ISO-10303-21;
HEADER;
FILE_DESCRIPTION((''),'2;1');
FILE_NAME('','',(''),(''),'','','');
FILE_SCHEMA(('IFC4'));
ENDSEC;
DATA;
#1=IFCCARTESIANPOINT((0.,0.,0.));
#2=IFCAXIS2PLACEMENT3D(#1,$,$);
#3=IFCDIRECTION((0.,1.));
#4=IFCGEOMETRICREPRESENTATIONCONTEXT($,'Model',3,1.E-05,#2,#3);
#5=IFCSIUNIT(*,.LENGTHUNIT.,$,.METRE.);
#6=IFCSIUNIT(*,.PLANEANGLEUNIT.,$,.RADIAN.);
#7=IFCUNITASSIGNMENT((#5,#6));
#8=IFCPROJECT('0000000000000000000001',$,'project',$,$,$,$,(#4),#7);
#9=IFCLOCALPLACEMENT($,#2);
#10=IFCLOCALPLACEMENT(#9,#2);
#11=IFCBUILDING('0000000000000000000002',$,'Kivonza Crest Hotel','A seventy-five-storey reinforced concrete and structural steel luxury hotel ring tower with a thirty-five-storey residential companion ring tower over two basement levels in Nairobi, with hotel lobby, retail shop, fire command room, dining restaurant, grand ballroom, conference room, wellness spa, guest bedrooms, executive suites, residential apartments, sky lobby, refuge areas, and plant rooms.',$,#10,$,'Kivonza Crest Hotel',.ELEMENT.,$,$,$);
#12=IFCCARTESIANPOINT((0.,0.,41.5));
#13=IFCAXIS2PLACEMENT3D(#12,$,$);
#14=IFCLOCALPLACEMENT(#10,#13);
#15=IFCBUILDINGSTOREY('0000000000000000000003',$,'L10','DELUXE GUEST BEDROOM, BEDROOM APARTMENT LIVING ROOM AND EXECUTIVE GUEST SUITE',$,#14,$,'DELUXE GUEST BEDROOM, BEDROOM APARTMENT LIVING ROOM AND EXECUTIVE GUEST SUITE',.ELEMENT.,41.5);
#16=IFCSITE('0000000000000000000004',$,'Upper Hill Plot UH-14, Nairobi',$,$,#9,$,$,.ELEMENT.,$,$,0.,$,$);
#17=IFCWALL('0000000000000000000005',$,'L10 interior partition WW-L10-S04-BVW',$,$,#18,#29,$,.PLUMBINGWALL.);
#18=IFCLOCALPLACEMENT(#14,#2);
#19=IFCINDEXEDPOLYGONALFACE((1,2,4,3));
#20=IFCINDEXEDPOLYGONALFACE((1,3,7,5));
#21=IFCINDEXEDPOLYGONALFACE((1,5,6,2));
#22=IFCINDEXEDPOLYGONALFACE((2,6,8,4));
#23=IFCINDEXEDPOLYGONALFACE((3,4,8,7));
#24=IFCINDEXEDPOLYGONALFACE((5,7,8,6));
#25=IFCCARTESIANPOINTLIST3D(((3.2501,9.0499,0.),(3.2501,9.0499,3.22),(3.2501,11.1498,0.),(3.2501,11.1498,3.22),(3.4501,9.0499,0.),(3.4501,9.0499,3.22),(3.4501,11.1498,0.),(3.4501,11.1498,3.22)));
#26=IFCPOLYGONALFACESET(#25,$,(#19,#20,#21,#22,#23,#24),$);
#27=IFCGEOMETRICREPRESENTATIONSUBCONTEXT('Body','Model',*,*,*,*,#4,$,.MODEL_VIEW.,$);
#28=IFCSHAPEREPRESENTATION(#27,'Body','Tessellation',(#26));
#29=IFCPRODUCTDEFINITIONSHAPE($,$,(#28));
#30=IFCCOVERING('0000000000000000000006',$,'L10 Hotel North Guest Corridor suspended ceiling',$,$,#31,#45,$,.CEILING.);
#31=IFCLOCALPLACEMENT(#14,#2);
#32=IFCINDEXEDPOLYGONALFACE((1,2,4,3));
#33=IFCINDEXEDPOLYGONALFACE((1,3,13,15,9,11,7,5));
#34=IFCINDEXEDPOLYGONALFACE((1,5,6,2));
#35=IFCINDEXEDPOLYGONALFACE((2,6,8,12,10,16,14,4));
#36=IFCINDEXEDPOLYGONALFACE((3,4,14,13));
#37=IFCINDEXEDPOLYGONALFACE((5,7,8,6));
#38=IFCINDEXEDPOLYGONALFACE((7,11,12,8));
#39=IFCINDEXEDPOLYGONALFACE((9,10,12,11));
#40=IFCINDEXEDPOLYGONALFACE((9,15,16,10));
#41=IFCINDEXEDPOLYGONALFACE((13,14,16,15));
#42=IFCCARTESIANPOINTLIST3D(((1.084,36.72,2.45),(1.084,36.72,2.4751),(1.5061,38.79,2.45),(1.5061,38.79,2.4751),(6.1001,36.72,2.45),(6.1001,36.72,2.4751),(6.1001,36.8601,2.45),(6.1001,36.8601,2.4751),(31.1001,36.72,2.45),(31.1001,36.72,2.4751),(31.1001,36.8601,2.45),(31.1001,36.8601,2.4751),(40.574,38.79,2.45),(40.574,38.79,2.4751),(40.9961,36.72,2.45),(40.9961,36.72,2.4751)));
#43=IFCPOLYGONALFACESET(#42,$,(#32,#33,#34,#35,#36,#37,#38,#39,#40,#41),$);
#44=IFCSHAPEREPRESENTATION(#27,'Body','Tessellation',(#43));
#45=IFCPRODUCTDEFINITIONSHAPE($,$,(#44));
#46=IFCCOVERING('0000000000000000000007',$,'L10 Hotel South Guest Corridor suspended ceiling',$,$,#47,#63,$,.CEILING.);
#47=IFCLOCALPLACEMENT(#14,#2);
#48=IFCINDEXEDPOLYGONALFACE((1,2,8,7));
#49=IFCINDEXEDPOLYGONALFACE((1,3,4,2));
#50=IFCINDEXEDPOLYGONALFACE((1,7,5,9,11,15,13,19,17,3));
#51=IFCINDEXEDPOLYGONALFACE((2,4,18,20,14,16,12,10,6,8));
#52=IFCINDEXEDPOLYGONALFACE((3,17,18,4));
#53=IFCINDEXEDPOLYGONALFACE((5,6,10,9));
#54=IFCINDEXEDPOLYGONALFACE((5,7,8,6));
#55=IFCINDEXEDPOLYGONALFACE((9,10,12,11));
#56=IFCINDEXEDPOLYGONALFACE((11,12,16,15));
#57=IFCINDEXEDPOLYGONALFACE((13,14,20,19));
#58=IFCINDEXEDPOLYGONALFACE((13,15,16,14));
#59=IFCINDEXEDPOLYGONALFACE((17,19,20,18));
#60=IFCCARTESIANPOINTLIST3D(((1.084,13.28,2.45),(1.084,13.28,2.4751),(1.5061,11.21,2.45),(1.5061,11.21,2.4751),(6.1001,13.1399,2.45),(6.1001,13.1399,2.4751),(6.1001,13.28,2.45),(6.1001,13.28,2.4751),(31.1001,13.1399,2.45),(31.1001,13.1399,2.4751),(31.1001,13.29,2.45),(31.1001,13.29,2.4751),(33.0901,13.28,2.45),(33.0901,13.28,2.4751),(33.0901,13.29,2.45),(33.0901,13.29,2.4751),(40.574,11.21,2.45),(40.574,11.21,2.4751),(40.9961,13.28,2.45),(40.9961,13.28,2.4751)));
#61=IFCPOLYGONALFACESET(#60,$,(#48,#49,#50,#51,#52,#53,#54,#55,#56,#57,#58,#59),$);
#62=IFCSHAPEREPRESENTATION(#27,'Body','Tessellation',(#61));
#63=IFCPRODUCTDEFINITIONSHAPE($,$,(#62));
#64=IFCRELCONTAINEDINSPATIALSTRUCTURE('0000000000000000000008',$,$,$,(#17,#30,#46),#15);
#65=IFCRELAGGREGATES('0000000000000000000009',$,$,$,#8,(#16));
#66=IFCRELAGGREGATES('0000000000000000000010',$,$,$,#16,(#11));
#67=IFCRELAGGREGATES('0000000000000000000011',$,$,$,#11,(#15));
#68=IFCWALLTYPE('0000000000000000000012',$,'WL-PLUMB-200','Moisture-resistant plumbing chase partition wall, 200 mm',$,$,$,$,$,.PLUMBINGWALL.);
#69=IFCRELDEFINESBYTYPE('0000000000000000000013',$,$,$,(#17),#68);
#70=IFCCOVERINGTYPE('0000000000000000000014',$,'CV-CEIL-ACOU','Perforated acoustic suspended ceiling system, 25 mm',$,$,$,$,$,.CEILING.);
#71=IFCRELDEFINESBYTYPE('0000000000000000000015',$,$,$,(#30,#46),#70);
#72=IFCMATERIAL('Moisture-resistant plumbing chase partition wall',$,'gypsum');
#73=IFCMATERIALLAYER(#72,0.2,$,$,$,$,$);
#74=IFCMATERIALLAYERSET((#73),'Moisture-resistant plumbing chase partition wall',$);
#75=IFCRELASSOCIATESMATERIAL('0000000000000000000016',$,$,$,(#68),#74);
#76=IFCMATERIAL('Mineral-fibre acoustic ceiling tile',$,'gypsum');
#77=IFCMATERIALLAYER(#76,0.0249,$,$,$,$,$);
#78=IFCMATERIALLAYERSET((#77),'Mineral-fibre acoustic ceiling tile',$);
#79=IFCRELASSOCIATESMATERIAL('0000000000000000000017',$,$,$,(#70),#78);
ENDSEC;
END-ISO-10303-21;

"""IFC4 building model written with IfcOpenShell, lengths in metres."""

from ifc_helpers import new_model, si_unit, direction, frame, frame_2d, origin, place, context, subcontext, project, spatial, polyline, rectangle, outline, extrude, material, layer, layer_set, type_object, element, save


model = new_model("IFC4")

# Units and contexts
model_context = context("Model", 3, precision=1e-05, world=origin(), true_north=direction((0.0, 1.0)))
body_context = subcontext(model_context, "Body", "Model", "MODEL_VIEW")
ifc_project = project(units=[si_unit("LENGTHUNIT", "METRE"), si_unit("PLANEANGLEUNIT", "RADIAN")], contexts=[model_context])

# Site, building, storey
site_placement = place(None, origin())
site = spatial("IfcSite", under=ifc_project, at=site_placement, Name="Upper Hill Plot UH-14, Nairobi", CompositionType="ELEMENT", RefElevation=0.0)
building_placement = place(site_placement, origin())
building = spatial("IfcBuilding", under=site, at=building_placement, Name="Kivonza Crest Hotel", Description="A seventy-five-storey reinforced concrete and structural steel luxury hotel ring tower with a thirty-five-storey residential companion ring tower over two basement levels in Nairobi, with hotel lobby, retail shop, fire command room, dining restaurant, grand ballroom, conference room, wellness spa, guest bedrooms, executive suites, residential apartments, sky lobby, refuge areas, and plant rooms.", LongName="Kivonza Crest Hotel", CompositionType="ELEMENT")
storey_placement = place(building_placement, frame((0.0, 0.0, 41.5)))
storey = spatial("IfcBuildingStorey", under=building, at=storey_placement, Name="L10", Description="DELUXE GUEST BEDROOM, BEDROOM APARTMENT LIVING ROOM AND EXECUTIVE GUEST SUITE", LongName="DELUXE GUEST BEDROOM, BEDROOM APARTMENT LIVING ROOM AND EXECUTIVE GUEST SUITE", CompositionType="ELEMENT", Elevation=41.5)

# Wall
ifc_material_1 = material(Name="Moisture-resistant plumbing chase partition wall", Category="gypsum")
ifc_layer_1 = layer(ifc_material_1, 0.2)
ifc_layer_set_1 = layer_set([ifc_layer_1], Name="Moisture-resistant plumbing chase partition wall")
wall_type_1 = type_object("IfcWallType", Name="WL-PLUMB-200", Description="Moisture-resistant plumbing chase partition wall, 200 mm", PredefinedType="PLUMBINGWALL", material=ifc_layer_set_1)
wall_1_placement = place(storey_placement, frame((3.3501, 9.05, 0.0), z_axis=(0.0, 0.0, 1.0), x_axis=(0.0, 1.0, 0.0)))
element("IfcWall", 1, at=wall_1_placement, inside=storey, type_object=wall_type_1, Name="L10 interior partition WW-L10-S04-BVW", PredefinedType="PLUMBINGWALL", context=body_context, shape_type="SweptSolid", body=[
    extrude(rectangle(XDim=2.0999, YDim=0.2, at=frame_2d((1.0498, 0.0))), origin(), (0.0, 0.0, 1.0), 3.22),
])

# Coverings
ifc_material_2 = material(Name="Mineral-fibre acoustic ceiling tile", Category="gypsum")
ifc_layer_2 = layer(ifc_material_2, 0.0249)
ifc_layer_set_2 = layer_set([ifc_layer_2], Name="Mineral-fibre acoustic ceiling tile")
covering_type = type_object("IfcCoveringType", Name="CV-CEIL-ACOU", Description="Perforated acoustic suspended ceiling system, 25 mm", PredefinedType="CEILING", material=ifc_layer_set_2)
covering_1_placement = place(storey_placement, frame((0.0, 0.0, 2.45)))
element("IfcCovering", 2, at=covering_1_placement, inside=storey, type_object=covering_type, Name="L10 Hotel North Guest Corridor suspended ceiling", PredefinedType="CEILING", context=body_context, shape_type="SweptSolid", body=[
    extrude(outline(polyline([(1.5061, 38.79), (1.084, 36.72), (6.1001, 36.72), (6.1001, 36.8601), (31.1001, 36.8601), (31.1001, 36.72), (40.9961, 36.72), (40.574, 38.79), (1.5061, 38.79)])), origin(), (0.0, 0.0, 1.0), 0.0251),
])
covering_2_placement = place(storey_placement, frame((0.0, 0.0, 2.45)))
element("IfcCovering", 3, at=covering_2_placement, inside=storey, type_object=covering_type, Name="L10 Hotel South Guest Corridor suspended ceiling", PredefinedType="CEILING", context=body_context, shape_type="SweptSolid", body=[
    extrude(outline(polyline([(31.1001, 13.29), (31.1001, 13.1399), (6.1001, 13.1399), (6.1001, 13.28), (1.084, 13.28), (1.5061, 11.21), (40.574, 11.21), (40.9961, 13.28), (33.0901, 13.28), (33.0901, 13.29), (31.1001, 13.29)])), origin(), (0.0, 0.0, 1.0), 0.0251),
])

save(model, "model.ifc")
